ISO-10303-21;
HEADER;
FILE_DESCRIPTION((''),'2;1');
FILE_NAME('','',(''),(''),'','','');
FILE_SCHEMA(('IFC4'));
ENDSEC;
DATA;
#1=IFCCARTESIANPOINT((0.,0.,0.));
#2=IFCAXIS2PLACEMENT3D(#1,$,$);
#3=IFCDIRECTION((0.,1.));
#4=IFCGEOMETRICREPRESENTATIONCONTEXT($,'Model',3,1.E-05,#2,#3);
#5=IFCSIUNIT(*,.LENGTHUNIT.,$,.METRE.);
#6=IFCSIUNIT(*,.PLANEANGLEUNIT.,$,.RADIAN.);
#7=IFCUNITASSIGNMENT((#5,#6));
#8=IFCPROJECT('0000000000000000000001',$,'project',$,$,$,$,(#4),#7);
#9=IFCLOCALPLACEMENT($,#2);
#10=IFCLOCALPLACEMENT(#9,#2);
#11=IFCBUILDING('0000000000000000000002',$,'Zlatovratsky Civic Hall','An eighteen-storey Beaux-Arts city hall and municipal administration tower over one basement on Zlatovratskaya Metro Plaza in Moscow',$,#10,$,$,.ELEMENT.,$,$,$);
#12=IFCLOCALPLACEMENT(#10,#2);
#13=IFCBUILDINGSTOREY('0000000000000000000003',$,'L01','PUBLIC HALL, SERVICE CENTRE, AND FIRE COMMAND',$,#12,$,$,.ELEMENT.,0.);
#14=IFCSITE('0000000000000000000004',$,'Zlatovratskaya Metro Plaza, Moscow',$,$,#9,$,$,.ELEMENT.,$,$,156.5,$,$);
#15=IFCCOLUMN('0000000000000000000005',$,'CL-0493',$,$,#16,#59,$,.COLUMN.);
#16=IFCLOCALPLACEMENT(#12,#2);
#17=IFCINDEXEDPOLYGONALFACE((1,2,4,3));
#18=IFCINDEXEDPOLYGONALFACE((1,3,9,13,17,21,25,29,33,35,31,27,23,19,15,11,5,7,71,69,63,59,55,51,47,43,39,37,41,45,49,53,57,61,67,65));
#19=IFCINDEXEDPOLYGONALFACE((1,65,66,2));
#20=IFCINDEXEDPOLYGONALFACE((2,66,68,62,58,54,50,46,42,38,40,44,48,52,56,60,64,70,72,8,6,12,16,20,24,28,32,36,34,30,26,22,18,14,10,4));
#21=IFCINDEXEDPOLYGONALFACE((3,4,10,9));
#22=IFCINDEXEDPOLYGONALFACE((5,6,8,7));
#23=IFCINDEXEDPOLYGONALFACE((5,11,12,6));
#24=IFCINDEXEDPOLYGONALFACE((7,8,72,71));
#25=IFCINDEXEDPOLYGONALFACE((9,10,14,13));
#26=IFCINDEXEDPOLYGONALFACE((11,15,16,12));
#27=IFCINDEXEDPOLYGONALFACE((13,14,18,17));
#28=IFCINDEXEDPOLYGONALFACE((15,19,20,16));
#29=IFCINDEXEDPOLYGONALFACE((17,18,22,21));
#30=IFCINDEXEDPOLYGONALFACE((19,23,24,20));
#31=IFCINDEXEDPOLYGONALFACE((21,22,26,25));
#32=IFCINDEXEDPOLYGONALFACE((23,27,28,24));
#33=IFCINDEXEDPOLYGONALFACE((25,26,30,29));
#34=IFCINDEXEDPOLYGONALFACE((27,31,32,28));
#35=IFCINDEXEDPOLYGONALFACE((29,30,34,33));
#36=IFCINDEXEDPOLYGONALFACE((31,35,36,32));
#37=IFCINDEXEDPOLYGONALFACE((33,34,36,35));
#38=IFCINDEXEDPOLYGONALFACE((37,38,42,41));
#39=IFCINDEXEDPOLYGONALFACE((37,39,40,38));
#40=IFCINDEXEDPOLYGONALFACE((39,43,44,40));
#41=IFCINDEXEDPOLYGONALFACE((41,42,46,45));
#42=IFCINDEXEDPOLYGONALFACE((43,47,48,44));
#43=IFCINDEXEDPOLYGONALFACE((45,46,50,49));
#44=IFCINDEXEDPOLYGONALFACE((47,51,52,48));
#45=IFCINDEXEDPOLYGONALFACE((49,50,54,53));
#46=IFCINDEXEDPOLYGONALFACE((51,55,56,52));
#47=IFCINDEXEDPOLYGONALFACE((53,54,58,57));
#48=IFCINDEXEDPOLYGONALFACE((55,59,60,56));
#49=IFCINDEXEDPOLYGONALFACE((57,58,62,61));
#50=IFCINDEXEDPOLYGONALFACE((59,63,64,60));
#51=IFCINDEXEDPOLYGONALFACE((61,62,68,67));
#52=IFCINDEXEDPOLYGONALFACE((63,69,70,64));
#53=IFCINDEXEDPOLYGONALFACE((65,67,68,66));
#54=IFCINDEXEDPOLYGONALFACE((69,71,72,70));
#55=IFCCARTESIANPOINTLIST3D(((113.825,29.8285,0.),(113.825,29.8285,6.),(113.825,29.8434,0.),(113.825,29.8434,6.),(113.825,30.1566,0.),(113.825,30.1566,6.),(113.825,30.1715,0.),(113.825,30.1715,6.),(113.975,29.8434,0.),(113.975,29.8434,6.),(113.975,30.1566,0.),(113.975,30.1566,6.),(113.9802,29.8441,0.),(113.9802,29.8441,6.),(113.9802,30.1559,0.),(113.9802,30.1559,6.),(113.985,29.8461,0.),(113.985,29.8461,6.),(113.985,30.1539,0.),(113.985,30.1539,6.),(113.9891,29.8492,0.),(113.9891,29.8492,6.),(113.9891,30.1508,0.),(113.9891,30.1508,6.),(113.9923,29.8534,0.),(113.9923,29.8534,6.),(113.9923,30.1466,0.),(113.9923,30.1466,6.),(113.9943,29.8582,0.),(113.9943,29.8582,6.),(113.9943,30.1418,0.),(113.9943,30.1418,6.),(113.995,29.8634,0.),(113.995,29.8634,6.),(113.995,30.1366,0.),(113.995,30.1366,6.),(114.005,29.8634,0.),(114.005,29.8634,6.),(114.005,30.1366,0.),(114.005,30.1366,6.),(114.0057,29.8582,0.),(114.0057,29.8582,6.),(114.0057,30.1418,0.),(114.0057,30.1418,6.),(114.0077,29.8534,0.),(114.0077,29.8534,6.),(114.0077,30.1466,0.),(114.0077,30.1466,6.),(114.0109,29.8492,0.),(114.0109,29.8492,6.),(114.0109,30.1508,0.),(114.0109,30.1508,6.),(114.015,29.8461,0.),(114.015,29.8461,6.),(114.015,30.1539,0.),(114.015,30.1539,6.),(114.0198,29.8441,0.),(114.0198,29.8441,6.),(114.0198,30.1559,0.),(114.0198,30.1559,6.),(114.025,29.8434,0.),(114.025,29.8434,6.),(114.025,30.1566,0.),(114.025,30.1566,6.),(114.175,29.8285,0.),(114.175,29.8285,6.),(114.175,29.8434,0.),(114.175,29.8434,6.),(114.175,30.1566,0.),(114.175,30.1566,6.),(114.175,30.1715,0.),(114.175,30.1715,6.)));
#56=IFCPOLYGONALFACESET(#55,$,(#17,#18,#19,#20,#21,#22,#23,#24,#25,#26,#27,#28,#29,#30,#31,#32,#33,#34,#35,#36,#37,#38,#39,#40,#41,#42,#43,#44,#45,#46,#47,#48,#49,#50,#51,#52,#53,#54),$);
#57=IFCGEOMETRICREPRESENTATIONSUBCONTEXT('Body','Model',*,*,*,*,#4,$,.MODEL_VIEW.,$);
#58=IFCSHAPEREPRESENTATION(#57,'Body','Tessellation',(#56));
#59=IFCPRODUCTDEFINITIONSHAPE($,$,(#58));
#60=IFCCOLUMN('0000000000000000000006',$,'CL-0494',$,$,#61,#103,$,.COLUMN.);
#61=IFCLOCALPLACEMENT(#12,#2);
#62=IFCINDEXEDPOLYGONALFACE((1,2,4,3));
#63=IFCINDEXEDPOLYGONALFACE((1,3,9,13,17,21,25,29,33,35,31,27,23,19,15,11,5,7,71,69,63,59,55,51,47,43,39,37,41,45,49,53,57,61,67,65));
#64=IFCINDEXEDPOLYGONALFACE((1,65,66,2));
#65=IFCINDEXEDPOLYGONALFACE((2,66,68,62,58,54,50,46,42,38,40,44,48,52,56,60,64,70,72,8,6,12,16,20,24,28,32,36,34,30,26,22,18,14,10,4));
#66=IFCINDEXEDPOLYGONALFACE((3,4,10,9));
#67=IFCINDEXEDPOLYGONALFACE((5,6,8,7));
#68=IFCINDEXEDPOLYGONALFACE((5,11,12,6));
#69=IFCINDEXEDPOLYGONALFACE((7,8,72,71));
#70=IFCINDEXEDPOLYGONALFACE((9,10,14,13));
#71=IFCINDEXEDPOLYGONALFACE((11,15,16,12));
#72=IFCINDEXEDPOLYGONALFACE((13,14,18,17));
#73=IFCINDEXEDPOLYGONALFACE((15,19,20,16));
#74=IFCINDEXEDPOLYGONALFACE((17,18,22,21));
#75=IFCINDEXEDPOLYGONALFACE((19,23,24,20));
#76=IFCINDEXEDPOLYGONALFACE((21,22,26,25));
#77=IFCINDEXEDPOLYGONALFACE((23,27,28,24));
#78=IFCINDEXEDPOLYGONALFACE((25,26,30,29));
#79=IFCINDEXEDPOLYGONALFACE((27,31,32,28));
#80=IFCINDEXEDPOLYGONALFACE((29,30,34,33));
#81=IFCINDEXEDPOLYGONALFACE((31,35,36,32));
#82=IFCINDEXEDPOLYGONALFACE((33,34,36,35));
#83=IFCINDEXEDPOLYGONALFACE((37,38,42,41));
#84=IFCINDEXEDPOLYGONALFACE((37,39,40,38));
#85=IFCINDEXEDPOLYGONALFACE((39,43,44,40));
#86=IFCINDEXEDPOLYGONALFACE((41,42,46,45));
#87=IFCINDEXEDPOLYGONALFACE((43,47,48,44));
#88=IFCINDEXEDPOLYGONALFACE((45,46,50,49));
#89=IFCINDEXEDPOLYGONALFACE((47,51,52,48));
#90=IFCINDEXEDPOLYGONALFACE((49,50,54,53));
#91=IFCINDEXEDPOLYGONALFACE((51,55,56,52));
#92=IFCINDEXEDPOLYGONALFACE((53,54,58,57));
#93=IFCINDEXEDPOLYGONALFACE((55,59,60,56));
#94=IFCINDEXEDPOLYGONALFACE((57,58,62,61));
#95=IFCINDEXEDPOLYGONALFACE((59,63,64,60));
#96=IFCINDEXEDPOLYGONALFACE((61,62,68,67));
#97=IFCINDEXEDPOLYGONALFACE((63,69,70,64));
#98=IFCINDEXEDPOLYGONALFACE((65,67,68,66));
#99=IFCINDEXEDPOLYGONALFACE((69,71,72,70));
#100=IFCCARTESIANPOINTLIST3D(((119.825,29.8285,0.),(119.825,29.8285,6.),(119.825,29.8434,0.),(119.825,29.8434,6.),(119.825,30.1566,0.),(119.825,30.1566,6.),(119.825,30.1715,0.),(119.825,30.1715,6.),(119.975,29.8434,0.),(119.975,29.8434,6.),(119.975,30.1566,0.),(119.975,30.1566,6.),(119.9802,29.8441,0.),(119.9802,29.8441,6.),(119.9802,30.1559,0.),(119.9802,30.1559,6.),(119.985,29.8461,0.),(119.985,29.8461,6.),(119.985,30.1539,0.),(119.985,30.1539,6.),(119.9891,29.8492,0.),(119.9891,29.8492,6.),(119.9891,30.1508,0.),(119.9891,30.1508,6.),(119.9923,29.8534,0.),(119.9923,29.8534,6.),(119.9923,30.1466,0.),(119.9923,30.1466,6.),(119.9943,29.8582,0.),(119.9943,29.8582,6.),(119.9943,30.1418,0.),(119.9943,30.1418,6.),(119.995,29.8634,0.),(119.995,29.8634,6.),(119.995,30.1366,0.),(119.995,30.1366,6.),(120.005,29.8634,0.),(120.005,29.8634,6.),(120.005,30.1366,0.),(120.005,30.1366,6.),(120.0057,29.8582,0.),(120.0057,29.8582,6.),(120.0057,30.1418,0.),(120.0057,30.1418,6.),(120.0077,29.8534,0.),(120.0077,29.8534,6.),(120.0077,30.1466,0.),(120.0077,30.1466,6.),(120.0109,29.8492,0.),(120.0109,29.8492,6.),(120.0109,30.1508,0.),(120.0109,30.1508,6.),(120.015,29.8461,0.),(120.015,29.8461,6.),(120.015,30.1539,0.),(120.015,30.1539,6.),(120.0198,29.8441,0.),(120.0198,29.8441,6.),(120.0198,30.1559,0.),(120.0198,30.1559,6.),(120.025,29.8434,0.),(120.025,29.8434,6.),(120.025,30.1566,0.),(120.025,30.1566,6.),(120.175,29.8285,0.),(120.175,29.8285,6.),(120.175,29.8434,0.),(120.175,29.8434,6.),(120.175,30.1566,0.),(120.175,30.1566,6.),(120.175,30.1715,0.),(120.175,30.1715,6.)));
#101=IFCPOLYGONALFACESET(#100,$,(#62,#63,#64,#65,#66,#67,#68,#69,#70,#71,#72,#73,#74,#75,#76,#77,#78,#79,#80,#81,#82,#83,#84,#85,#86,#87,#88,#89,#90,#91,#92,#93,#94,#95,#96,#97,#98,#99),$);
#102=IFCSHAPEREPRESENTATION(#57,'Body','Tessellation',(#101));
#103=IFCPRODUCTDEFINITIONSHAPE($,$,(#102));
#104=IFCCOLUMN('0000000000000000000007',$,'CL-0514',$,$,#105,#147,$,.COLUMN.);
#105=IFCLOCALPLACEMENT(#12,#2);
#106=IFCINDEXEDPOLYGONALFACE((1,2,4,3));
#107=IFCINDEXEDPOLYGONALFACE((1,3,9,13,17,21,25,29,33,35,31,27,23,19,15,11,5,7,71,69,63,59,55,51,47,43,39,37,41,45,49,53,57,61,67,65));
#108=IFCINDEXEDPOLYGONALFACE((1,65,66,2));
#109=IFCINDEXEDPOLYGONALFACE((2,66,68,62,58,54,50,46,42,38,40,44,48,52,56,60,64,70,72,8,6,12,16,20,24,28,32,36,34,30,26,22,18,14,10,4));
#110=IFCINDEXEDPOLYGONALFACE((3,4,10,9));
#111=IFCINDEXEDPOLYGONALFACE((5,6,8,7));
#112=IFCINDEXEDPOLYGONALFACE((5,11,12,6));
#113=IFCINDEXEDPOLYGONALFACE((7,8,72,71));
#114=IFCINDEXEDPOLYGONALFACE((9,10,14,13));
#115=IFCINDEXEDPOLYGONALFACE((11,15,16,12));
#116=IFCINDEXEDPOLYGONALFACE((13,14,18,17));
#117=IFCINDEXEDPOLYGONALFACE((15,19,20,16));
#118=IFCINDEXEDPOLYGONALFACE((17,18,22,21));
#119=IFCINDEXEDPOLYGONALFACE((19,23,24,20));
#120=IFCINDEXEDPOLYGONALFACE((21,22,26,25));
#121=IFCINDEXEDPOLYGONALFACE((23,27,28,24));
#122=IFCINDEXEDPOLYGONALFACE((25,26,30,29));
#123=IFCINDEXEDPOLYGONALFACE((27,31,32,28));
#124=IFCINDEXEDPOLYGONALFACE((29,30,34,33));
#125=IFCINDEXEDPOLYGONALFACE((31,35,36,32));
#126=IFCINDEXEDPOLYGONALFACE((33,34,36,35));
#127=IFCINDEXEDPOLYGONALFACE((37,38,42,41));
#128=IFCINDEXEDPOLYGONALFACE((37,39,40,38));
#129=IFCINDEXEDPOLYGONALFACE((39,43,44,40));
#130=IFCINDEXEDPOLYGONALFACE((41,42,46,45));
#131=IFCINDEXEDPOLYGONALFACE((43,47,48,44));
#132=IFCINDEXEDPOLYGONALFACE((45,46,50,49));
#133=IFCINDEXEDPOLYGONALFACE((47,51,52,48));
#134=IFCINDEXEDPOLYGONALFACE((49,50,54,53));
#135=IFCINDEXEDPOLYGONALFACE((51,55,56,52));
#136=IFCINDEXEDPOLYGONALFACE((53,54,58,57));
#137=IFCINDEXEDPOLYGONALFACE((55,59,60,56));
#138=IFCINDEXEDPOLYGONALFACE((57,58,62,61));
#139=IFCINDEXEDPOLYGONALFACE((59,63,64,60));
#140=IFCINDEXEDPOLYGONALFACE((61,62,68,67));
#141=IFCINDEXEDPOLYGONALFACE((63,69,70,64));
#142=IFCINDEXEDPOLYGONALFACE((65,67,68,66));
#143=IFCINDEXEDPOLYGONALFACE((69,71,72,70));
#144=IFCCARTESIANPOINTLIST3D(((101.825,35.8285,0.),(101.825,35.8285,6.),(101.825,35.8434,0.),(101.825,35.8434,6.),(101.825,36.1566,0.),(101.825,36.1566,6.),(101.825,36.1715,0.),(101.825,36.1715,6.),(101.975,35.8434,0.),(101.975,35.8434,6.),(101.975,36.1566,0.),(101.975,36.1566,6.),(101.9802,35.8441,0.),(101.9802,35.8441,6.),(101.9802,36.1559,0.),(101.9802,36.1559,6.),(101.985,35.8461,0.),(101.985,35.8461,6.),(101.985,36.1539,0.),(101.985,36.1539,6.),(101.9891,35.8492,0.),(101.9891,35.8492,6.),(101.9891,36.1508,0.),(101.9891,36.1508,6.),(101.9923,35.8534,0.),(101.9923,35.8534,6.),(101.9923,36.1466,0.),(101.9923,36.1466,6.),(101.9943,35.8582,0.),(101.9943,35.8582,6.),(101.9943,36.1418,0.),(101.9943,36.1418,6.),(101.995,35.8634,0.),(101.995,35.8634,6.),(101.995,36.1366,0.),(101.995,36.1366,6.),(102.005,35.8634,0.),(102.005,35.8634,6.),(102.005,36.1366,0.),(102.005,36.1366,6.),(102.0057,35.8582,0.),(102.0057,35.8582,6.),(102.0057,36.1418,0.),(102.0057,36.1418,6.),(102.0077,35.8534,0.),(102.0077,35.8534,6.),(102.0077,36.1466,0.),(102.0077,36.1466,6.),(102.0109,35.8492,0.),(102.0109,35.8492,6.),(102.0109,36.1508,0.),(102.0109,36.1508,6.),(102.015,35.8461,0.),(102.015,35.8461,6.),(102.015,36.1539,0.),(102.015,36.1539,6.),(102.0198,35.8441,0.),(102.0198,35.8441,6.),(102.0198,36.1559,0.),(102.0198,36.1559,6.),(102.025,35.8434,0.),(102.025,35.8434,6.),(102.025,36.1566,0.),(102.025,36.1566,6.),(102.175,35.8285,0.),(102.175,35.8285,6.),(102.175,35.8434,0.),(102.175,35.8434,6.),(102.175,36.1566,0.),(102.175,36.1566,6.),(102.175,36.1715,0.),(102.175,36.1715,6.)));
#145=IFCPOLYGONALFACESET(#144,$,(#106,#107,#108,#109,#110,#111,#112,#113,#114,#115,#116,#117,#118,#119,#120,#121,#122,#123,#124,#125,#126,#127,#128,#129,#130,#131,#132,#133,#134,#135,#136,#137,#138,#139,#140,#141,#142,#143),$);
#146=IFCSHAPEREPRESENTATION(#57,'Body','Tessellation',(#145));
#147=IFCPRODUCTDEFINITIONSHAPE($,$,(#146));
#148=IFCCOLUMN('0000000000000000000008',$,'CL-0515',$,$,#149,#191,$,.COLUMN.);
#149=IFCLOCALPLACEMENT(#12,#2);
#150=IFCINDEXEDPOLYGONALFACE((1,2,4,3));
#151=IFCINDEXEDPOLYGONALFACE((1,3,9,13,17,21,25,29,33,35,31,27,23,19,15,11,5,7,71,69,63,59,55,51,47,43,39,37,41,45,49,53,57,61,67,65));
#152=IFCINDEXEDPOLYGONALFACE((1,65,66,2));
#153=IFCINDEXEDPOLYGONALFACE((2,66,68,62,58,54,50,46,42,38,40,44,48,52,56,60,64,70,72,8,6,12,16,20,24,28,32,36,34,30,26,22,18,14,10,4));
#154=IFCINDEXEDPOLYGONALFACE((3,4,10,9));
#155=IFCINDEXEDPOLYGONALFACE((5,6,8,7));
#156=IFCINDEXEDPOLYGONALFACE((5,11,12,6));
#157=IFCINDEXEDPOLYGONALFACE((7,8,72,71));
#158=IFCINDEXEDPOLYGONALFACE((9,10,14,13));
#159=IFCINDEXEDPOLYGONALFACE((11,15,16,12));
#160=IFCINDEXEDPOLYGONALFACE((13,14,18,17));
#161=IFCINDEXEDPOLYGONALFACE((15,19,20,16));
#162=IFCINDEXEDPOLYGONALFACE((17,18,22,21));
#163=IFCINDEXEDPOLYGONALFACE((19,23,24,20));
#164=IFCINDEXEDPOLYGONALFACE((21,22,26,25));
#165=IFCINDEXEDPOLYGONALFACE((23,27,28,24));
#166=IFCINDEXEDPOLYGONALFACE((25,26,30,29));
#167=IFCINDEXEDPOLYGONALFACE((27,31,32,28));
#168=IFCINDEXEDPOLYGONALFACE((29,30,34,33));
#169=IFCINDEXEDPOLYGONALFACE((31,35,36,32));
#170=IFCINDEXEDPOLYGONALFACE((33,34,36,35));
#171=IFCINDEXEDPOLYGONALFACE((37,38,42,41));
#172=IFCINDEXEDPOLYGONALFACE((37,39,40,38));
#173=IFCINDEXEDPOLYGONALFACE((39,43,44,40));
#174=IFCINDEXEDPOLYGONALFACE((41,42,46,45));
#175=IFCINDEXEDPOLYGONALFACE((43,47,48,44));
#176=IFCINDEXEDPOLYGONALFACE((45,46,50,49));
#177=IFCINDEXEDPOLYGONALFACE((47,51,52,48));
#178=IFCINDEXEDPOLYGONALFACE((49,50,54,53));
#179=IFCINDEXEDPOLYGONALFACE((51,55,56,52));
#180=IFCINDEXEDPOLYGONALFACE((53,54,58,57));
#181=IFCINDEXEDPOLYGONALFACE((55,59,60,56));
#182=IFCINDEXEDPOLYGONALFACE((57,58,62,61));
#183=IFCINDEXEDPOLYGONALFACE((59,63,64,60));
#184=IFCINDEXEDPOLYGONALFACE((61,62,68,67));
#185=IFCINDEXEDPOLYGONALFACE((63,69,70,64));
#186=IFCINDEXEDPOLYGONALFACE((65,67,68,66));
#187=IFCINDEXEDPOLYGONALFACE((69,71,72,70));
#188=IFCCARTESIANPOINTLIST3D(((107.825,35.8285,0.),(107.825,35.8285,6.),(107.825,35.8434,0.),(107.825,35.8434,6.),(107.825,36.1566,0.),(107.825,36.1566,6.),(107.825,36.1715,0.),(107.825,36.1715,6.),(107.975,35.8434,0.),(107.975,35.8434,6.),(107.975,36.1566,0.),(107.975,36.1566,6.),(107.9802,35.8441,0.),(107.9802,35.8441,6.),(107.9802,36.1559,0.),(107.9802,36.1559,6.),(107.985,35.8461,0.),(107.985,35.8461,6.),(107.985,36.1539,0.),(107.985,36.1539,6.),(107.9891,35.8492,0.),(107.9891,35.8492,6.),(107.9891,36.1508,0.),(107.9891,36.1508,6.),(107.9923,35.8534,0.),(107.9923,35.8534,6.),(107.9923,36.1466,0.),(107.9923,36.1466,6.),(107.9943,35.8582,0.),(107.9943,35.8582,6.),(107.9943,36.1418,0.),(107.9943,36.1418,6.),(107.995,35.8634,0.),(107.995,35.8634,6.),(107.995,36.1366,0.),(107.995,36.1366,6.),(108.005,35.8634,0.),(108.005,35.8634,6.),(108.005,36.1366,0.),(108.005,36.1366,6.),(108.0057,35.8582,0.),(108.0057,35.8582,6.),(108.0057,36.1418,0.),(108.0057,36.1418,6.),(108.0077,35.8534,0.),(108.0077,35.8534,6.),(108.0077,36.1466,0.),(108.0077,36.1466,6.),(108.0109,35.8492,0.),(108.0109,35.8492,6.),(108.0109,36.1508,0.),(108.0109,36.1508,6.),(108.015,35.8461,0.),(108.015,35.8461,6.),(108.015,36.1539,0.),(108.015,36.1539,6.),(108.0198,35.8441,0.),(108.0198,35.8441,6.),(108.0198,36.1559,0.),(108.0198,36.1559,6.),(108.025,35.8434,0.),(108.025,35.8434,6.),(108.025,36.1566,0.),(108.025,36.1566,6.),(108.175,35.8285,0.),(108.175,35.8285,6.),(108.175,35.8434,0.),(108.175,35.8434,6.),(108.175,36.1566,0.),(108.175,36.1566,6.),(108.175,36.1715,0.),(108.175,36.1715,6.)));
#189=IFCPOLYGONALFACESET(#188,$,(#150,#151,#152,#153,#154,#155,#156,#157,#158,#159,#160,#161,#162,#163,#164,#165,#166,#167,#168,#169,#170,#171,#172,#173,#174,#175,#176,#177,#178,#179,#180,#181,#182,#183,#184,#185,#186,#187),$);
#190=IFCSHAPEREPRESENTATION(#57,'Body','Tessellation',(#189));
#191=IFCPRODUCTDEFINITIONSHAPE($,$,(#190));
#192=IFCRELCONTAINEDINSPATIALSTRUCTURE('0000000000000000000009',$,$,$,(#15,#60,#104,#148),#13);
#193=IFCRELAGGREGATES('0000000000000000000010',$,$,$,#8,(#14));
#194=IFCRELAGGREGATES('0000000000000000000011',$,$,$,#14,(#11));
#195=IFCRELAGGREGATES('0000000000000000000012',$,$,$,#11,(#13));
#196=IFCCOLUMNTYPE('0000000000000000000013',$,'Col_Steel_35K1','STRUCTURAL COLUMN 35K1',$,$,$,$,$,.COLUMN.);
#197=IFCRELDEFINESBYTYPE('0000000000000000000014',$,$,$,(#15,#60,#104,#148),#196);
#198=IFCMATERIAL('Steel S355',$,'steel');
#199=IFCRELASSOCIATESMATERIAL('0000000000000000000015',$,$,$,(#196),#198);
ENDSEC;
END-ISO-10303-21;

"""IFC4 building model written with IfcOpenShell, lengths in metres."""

from ifc_helpers import new_model, si_unit, direction, frame, origin, origin_2d, place, context, subcontext, project, spatial, i_section, extrude, material, material_profile, profile_set, type_object, element, save


model = new_model("IFC4")

# Units and contexts
model_context = context("Model", 3, precision=1e-05, world=origin(), true_north=direction((0.0, 1.0)))
body_context = subcontext(model_context, "Body", "Model", "MODEL_VIEW")
ifc_project = project(units=[si_unit("LENGTHUNIT", "METRE"), si_unit("PLANEANGLEUNIT", "RADIAN")], contexts=[model_context])

# Site, building, storey
site_placement = place(None, origin())
site = spatial("IfcSite", under=ifc_project, at=site_placement, Name="Zlatovratskaya Metro Plaza, Moscow", CompositionType="ELEMENT", RefElevation=156.5)
building_placement = place(site_placement, origin())
building = spatial("IfcBuilding", under=site, at=building_placement, Name="Zlatovratsky Civic Hall", Description="An eighteen-storey Beaux-Arts city hall and municipal administration tower over one basement on Zlatovratskaya Metro Plaza in Moscow", CompositionType="ELEMENT")
storey_placement = place(building_placement, origin())
storey = spatial("IfcBuildingStorey", under=building, at=storey_placement, Name="L01", Description="PUBLIC HALL, SERVICE CENTRE, AND FIRE COMMAND", CompositionType="ELEMENT", Elevation=0.0)

# Columns
ifc_material_1 = material(Name="Steel S355", Category="steel")
ifc_material_profile_1 = material_profile(ifc_material_1, i_section(OverallWidth=0.3501, OverallDepth=0.343, WebThickness=0.01, FlangeThickness=0.0149, FilletRadius=0.02, at=origin_2d()), Name="35K1")
ifc_profile_set_1 = profile_set([ifc_material_profile_1], Name="Steel S355")
column_type = type_object("IfcColumnType", Name="Col_Steel_35K1", Description="STRUCTURAL COLUMN 35K1", PredefinedType="COLUMN", material=ifc_profile_set_1)
for number, where, z_axis, x_axis, name in (
    (1, (114.0, 30.0, 0.0), (0.0, 0.0, 1.0), (1.0, 0.0, 0.0), "CL-0493"),
    (2, (120.0, 30.0, 0.0), (0.0, 0.0, 1.0), (1.0, 0.0, 0.0), "CL-0494"),
    (3, (102.0, 36.0, 0.0), (0.0, 0.0, 1.0), (1.0, 0.0, 0.0), "CL-0514"),
    (4, (108.0, 36.0, 0.0), (0.0, 0.0, 1.0), (1.0, 0.0, 0.0), "CL-0515"),
):
    element("IfcColumn", number, at=place(storey_placement, frame(where, z_axis=z_axis, x_axis=x_axis)), inside=storey, type_object=column_type, Name=name, PredefinedType="COLUMN", context=body_context, shape_type="SweptSolid", body=[
        extrude(i_section(OverallWidth=0.3501, OverallDepth=0.343, WebThickness=0.01, FlangeThickness=0.0149, FilletRadius=0.02, at=origin_2d()), origin(), (0.0, 0.0, 1.0), 6.0),
    ])

save(model, "model.ifc")
